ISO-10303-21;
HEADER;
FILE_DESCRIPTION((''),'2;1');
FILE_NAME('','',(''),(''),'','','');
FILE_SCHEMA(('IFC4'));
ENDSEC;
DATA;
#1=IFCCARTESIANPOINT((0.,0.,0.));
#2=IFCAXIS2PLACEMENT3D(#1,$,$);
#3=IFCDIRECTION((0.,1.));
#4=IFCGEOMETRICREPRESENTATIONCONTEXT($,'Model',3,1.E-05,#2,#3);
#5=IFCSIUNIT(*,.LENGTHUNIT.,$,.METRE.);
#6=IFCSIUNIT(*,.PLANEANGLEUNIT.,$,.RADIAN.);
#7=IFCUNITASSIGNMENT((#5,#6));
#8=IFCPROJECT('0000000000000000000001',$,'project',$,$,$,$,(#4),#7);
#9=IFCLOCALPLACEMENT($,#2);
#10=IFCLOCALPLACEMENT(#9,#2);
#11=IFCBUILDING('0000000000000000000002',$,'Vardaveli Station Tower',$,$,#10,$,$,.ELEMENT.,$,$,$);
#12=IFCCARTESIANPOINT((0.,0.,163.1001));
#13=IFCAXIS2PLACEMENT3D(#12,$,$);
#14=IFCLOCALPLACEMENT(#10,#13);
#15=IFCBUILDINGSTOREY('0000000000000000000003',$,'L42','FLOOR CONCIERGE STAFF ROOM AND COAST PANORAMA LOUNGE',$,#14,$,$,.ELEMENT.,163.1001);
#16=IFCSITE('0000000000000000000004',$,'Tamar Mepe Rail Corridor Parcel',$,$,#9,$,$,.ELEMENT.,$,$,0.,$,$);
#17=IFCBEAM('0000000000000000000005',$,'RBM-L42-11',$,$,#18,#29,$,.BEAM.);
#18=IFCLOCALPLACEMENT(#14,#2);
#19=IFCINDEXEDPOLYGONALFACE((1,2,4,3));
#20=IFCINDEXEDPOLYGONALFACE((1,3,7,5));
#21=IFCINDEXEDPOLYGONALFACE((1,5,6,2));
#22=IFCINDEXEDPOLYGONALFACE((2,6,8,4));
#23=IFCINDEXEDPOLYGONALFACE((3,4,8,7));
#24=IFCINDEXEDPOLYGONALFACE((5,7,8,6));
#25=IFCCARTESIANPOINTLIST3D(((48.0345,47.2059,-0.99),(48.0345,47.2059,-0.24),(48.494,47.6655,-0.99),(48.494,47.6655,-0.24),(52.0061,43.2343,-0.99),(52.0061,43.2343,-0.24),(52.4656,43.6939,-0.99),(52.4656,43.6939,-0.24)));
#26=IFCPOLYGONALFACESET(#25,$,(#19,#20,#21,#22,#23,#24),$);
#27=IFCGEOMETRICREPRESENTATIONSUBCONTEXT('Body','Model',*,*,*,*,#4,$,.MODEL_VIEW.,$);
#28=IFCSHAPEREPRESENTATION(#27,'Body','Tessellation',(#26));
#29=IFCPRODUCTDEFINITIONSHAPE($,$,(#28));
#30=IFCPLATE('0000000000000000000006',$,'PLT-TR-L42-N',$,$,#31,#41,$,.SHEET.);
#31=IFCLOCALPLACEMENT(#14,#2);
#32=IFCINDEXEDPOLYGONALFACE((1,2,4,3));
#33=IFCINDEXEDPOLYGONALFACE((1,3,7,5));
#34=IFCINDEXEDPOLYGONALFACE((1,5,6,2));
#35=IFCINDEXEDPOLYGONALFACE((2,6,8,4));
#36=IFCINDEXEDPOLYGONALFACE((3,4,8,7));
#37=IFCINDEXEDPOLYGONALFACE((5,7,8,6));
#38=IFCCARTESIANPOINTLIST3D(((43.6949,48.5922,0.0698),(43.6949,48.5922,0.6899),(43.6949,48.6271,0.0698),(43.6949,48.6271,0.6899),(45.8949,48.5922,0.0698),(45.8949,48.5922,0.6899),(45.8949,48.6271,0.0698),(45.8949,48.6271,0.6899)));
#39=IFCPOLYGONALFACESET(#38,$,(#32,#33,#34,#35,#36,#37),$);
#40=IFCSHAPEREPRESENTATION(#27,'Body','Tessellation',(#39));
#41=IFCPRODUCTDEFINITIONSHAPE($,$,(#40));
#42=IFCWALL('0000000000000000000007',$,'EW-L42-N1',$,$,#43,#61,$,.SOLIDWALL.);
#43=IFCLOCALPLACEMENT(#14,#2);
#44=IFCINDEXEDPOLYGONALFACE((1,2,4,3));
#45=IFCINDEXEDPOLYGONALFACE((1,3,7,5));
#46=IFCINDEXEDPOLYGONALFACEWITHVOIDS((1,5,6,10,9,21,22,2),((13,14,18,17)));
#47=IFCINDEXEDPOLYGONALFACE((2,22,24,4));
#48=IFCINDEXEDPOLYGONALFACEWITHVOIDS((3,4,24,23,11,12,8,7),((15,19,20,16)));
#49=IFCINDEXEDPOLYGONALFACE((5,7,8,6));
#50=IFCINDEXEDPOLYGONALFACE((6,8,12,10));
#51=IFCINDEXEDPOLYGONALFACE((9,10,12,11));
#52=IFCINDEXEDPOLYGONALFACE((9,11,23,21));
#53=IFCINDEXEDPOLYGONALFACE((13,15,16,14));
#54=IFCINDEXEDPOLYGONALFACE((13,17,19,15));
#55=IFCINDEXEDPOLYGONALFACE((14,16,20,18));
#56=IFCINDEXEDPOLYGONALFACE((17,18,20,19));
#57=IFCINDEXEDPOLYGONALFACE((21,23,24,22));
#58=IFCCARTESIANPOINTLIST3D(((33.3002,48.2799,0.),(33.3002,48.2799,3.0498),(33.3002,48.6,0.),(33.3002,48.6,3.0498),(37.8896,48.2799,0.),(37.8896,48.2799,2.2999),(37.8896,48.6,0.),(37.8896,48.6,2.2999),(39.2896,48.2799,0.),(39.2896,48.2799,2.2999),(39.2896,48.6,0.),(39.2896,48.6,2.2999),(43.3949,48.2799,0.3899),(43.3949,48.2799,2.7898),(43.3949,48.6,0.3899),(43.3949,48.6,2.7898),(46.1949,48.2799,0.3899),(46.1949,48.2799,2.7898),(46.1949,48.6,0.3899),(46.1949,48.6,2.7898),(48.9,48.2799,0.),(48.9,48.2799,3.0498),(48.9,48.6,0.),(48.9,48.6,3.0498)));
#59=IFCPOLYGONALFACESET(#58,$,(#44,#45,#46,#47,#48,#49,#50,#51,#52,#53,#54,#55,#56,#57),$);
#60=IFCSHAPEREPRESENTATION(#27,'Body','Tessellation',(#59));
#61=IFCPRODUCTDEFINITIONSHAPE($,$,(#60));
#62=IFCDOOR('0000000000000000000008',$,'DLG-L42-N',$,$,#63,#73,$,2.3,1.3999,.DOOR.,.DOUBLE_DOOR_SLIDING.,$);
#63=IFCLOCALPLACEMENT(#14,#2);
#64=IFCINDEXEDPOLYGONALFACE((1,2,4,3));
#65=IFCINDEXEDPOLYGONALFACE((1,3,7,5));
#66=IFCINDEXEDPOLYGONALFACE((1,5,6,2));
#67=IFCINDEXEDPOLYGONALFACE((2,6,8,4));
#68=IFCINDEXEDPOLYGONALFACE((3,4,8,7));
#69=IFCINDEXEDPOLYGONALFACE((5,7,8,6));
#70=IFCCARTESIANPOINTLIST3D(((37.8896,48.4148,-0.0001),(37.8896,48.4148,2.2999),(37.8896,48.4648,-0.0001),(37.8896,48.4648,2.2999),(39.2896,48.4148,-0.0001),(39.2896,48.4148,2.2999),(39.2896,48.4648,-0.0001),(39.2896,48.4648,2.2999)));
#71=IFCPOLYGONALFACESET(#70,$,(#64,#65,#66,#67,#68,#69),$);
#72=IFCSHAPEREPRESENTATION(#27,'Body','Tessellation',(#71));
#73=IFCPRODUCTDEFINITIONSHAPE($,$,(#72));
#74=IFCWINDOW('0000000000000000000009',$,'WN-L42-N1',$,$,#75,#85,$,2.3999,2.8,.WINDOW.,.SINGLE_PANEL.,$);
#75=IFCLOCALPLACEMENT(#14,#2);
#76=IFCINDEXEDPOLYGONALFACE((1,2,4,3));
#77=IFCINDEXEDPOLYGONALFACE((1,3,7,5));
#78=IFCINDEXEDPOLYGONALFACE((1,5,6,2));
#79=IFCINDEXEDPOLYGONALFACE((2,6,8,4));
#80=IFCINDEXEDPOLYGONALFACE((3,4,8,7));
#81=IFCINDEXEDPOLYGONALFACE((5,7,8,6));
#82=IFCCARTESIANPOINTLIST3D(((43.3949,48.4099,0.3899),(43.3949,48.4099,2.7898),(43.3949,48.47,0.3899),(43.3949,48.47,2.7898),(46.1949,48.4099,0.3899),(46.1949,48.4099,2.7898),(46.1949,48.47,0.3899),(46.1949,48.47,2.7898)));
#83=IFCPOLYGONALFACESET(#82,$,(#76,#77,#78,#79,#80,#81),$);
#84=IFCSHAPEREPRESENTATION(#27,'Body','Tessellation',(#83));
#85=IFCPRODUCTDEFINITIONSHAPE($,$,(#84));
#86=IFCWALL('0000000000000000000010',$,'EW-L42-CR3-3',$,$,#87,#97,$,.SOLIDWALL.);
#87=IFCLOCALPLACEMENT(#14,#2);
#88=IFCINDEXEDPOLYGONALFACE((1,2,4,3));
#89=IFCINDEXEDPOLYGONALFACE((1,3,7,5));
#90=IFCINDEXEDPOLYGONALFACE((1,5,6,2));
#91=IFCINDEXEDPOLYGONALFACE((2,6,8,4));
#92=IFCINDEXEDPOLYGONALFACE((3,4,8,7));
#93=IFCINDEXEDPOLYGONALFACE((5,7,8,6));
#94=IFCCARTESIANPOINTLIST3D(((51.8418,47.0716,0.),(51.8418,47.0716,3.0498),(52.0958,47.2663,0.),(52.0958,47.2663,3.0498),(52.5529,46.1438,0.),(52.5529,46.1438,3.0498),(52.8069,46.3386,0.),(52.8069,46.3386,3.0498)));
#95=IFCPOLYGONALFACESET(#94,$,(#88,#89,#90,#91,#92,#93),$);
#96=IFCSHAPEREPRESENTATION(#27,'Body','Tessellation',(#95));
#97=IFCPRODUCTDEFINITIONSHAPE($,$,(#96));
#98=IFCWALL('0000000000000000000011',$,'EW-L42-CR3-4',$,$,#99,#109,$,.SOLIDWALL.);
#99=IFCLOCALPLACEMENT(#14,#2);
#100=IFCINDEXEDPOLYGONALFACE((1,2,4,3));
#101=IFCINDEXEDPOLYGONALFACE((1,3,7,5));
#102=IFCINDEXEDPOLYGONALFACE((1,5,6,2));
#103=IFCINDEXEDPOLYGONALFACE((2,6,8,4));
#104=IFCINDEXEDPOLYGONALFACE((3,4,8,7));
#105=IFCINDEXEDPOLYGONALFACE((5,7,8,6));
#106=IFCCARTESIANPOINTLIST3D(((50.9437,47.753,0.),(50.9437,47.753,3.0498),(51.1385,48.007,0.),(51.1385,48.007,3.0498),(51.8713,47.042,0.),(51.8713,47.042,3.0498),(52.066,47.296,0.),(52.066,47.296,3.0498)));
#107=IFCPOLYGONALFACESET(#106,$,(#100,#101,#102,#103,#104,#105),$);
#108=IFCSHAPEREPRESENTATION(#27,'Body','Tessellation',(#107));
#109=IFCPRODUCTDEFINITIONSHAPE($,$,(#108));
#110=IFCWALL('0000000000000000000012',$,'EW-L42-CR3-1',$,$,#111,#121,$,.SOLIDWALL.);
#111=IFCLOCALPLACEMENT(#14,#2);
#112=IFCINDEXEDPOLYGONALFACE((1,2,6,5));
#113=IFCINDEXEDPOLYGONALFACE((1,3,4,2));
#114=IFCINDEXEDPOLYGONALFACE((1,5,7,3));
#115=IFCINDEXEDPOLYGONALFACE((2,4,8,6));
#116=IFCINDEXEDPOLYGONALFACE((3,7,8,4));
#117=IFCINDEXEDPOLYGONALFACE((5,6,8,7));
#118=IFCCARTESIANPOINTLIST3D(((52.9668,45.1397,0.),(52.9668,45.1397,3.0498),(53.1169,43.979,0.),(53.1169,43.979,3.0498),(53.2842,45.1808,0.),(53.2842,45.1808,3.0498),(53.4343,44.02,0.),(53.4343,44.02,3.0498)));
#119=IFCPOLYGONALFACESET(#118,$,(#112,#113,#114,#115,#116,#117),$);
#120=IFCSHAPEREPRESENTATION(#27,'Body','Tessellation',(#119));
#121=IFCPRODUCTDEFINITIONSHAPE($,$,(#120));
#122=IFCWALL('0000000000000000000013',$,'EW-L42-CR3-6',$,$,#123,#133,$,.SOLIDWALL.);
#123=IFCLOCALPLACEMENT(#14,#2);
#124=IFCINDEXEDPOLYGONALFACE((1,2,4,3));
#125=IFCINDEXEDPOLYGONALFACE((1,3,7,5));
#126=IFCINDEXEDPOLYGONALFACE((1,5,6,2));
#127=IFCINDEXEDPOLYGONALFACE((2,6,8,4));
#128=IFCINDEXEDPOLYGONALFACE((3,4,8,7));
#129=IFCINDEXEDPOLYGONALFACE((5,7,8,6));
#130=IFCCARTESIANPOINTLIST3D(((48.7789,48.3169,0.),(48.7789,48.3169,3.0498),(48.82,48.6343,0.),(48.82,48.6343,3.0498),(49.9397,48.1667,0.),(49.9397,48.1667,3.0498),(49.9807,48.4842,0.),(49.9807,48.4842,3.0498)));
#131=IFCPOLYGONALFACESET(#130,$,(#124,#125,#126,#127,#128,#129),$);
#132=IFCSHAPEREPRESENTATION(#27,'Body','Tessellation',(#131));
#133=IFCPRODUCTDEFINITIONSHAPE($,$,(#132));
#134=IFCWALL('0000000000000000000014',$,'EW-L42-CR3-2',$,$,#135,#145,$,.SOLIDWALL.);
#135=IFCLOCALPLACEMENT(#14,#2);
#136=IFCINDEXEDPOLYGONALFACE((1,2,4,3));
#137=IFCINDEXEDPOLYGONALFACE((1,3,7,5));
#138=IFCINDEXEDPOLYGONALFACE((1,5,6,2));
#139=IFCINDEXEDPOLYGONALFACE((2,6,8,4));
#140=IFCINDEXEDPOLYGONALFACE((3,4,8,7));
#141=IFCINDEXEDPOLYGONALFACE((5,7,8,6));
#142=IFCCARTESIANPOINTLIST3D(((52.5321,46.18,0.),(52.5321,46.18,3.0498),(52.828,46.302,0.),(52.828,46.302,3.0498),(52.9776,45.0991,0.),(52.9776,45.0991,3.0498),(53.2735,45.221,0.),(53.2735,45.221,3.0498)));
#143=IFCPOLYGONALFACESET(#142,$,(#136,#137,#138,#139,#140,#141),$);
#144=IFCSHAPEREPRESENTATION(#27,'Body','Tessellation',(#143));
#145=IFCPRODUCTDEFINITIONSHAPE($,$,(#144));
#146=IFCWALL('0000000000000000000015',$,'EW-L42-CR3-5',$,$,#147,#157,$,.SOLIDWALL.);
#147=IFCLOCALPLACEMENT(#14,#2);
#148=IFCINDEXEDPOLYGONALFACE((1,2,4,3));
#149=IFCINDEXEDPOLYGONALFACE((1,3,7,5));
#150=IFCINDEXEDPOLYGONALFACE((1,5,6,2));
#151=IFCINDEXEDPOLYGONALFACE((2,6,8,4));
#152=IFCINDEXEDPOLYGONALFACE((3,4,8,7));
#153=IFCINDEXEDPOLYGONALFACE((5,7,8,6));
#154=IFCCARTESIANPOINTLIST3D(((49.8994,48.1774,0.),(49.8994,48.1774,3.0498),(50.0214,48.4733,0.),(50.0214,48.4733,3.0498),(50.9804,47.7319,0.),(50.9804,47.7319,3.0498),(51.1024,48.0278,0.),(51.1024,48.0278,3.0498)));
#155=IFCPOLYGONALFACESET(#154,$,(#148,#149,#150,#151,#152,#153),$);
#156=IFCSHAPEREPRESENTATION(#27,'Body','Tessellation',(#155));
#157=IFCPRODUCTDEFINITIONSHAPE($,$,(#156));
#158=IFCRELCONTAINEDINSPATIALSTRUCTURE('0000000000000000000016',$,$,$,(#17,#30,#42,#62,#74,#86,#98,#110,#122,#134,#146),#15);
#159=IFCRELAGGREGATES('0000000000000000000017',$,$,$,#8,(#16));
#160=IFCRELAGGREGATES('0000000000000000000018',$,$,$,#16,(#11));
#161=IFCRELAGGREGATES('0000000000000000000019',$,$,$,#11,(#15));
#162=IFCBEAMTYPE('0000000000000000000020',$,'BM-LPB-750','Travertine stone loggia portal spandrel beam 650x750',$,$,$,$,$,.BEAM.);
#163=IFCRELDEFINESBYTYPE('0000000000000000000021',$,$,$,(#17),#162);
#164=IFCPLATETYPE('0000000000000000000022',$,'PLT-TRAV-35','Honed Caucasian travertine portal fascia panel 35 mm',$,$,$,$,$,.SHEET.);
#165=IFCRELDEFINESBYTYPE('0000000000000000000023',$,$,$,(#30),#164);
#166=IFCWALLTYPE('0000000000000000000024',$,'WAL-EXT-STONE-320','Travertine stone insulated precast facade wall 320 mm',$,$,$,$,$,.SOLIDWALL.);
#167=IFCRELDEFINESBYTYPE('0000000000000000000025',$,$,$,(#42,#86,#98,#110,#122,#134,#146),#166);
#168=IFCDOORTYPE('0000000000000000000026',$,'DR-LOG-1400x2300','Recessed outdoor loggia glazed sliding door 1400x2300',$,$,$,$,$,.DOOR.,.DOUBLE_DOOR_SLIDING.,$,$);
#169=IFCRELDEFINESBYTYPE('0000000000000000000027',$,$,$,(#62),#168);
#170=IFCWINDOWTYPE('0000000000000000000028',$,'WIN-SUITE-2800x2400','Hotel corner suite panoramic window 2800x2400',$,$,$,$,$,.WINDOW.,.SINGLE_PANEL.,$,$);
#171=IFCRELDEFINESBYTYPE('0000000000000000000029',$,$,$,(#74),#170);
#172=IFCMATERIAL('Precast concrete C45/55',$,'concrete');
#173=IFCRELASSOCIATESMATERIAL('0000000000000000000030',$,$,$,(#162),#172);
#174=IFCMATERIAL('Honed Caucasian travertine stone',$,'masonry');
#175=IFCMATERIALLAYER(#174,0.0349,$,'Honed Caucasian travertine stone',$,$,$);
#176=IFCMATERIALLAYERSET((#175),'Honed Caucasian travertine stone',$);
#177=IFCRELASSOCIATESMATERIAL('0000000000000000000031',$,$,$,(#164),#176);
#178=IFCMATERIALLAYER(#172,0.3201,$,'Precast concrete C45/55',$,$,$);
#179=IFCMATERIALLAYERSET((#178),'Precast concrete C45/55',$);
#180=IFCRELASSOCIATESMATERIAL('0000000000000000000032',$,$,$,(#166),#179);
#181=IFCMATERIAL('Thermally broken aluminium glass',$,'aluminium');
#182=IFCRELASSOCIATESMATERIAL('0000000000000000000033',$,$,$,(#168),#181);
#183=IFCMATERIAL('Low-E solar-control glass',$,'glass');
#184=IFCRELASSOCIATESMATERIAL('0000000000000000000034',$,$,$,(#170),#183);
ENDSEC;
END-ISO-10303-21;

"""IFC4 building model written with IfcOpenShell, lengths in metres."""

from ifc_helpers import new_model, si_unit, direction, frame, frame_2d, origin, origin_2d, place, context, subcontext, project, spatial, rectangle, extrude, source, transform, mapped, material, layer, layer_set, material_profile, profile_set, type_object, element, fill, save


model = new_model("IFC4")

# Units and contexts
model_context = context("Model", 3, precision=1e-05, world=origin(), true_north=direction((0.0, 1.0)))
body_context = subcontext(model_context, "Body", "Model", "MODEL_VIEW")
ifc_project = project(units=[si_unit("LENGTHUNIT", "METRE"), si_unit("PLANEANGLEUNIT", "RADIAN")], contexts=[model_context])

# Site, building, storey
site_placement = place(None, origin())
site = spatial("IfcSite", under=ifc_project, at=site_placement, Name="Tamar Mepe Rail Corridor Parcel", CompositionType="ELEMENT", RefElevation=0.0)
building_placement = place(site_placement, origin())
building = spatial("IfcBuilding", under=site, at=building_placement, Name="Vardaveli Station Tower", CompositionType="ELEMENT")
storey_placement = place(building_placement, frame((0.0, 0.0, 163.1001)))
storey = spatial("IfcBuildingStorey", under=building, at=storey_placement, Name="L42", Description="FLOOR CONCIERGE STAFF ROOM AND COAST PANORAMA LOUNGE", CompositionType="ELEMENT", Elevation=163.1001)

# Beam
ifc_material_1 = material(Name="Precast concrete C45/55", Category="concrete")
ifc_material_profile_1 = material_profile(ifc_material_1, rectangle(XDim=0.6499, YDim=0.75, at=origin_2d()), Name="LPB 650x750")
ifc_profile_set_1 = profile_set([ifc_material_profile_1], Name="Precast concrete C45/55")
beam_type = type_object("IfcBeamType", Name="BM-LPB-750", Description="Travertine stone loggia portal spandrel beam 650x750", PredefinedType="BEAM", material=ifc_profile_set_1)
shared_shape_1 = source(origin(), body_context, "Body", "SweptSolid", [
    extrude(rectangle(XDim=0.6499, YDim=0.75, at=origin_2d()), origin(), (0.0, 0.0, 1.0), 5.6167),
])
beam_placement = place(storey_placement, frame((52.2358, 43.4641, -0.615), z_axis=(-0.707107, 0.707107, 0.0), x_axis=(-0.707107, -0.707107, 0.0)))
element("IfcBeam", 1, at=beam_placement, inside=storey, type_object=beam_type, Name="RBM-L42-11", PredefinedType="BEAM", context=body_context, shape_type="MappedRepresentation", body=[
    mapped(shared_shape_1, transform((0.0, 0.0, 0.0), scale=1.0)),
])

# Plate
ifc_material_2 = material(Name="Honed Caucasian travertine stone", Category="masonry")
ifc_layer_1 = layer(ifc_material_2, 0.0349, Name="Honed Caucasian travertine stone")
ifc_layer_set_1 = layer_set([ifc_layer_1], Name="Honed Caucasian travertine stone")
plate_type = type_object("IfcPlateType", Name="PLT-TRAV-35", Description="Honed Caucasian travertine portal fascia panel 35 mm", PredefinedType="SHEET", material=ifc_layer_set_1)
shared_shape_2 = source(origin(), body_context, "Body", "SweptSolid", [
    extrude(rectangle(XDim=2.2, YDim=0.0349, at=origin_2d()), origin(), (0.0, 0.0, 1.0), 0.6201),
])
plate_placement = place(storey_placement, frame((44.7949, 48.6096, 0.0698), z_axis=(0.0, 0.0, 1.0), x_axis=(1.0, 0.0, 0.0)))
element("IfcPlate", 2, at=plate_placement, inside=storey, type_object=plate_type, Name="PLT-TR-L42-N", PredefinedType="SHEET", context=body_context, shape_type="MappedRepresentation", body=[
    mapped(shared_shape_2, transform((0.0, 0.0, 0.0), scale=1.0)),
])

# Wall, openings, door, window
ifc_layer_2 = layer(ifc_material_1, 0.3201, Name="Precast concrete C45/55")
ifc_layer_set_2 = layer_set([ifc_layer_2], Name="Precast concrete C45/55")
wall_type_1 = type_object("IfcWallType", Name="WAL-EXT-STONE-320", Description="Travertine stone insulated precast facade wall 320 mm", PredefinedType="SOLIDWALL", material=ifc_layer_set_2)
shared_shape_3 = source(origin(), body_context, "Body", "SweptSolid", [
    extrude(rectangle(XDim=15.5999, YDim=0.3201, at=frame_2d((7.7998, 0.0))), origin(), (0.0, 0.0, 1.0), 3.0498),
])
wall_1_placement = place(storey_placement, frame((48.8999, 48.4399, 0.0), z_axis=(0.0, 0.0, 1.0), x_axis=(-1.0, 0.0, 0.0)))
wall_1 = element("IfcWall", 3, at=wall_1_placement, inside=storey, type_object=wall_type_1, Name="EW-L42-N1", PredefinedType="SOLIDWALL", context=body_context, shape_type="MappedRepresentation", body=[
    mapped(shared_shape_3, transform((0.0, 0.0, 0.0), scale=1.0)),
])
shared_shape_4 = source(origin(), body_context, "Body", "SweptSolid", [
    extrude(rectangle(XDim=1.3999, YDim=2.3, at=frame_2d((0.7, 1.1499))), frame((0.0, 0.1699, 0.0), z_axis=(0.0, -1.0, 0.0), x_axis=(1.0, 0.0, 0.0)), (0.0, 0.0, 1.0), 0.3401),
])
opening_1_placement = place(wall_1_placement, frame((9.6104, 0.0, 0.0)))
opening_1 = element("IfcOpeningElement", 4, at=opening_1_placement, cuts=wall_1, PredefinedType="OPENING", context=body_context, shape_type="MappedRepresentation", body=[
    mapped(shared_shape_4, transform((0.0, 0.0, 0.0), scale=1.0)),
])
shared_shape_5 = source(origin(), body_context, "Body", "SweptSolid", [
    extrude(rectangle(XDim=2.8, YDim=2.3999, at=frame_2d((1.3999, 1.2))), frame((0.0, 0.1699, 0.0), z_axis=(0.0, -1.0, 0.0), x_axis=(1.0, 0.0, 0.0)), (0.0, 0.0, 1.0), 0.3401),
])
opening_2_placement = place(wall_1_placement, frame((2.7051, 0.0, 0.3899)))
opening_2 = element("IfcOpeningElement", 5, at=opening_2_placement, cuts=wall_1, PredefinedType="OPENING", context=body_context, shape_type="MappedRepresentation", body=[
    mapped(shared_shape_5, transform((0.0, 0.0, 0.0), scale=1.0)),
])
ifc_material_3 = material(Name="Thermally broken aluminium glass", Category="aluminium")
door_type = type_object("IfcDoorType", Name="DR-LOG-1400x2300", Description="Recessed outdoor loggia glazed sliding door 1400x2300", OperationType="DOUBLE_DOOR_SLIDING", PredefinedType="DOOR", material=ifc_material_3)
shared_shape_6 = source(origin(), body_context, "Body", "SweptSolid", [
    extrude(rectangle(XDim=1.3999, YDim=2.3, at=frame_2d((0.7, 1.1499))), frame((0.0, 0.0249, 0.0), z_axis=(0.0, -1.0, 0.0), x_axis=(1.0, 0.0, 0.0)), (0.0, 0.0, 1.0), 0.05),
])
door_placement = place(opening_1_placement, frame((1.3999, 0.0, 0.0), z_axis=(0.0, 0.0, 1.0), x_axis=(-1.0, 0.0, 0.0)))
door = element("IfcDoor", 6, at=door_placement, inside=storey, type_object=door_type, Name="DLG-L42-N", OperationType="DOUBLE_DOOR_SLIDING", OverallHeight=2.3, OverallWidth=1.3999, PredefinedType="DOOR", context=body_context, shape_type="MappedRepresentation", body=[
    mapped(shared_shape_6, transform((0.0, 0.0, 0.0), scale=1.0)),
])
fill(opening_1, door)
ifc_material_4 = material(Name="Low-E solar-control glass", Category="glass")
window_type = type_object("IfcWindowType", Name="WIN-SUITE-2800x2400", Description="Hotel corner suite panoramic window 2800x2400", PartitioningType="SINGLE_PANEL", PredefinedType="WINDOW", material=ifc_material_4)
shared_shape_7 = source(origin(), body_context, "Body", "SweptSolid", [
    extrude(rectangle(XDim=2.8, YDim=2.3999, at=frame_2d((1.3999, 1.2))), frame((0.0, 0.03, 0.0), z_axis=(0.0, -1.0, 0.0), x_axis=(1.0, 0.0, 0.0)), (0.0, 0.0, 1.0), 0.0601),
])
window_placement = place(opening_2_placement, origin())
window = element("IfcWindow", 7, at=window_placement, inside=storey, type_object=window_type, Name="WN-L42-N1", OverallHeight=2.3999, OverallWidth=2.8, PartitioningType="SINGLE_PANEL", PredefinedType="WINDOW", context=body_context, shape_type="MappedRepresentation", body=[
    mapped(shared_shape_7, transform((0.0, 0.0, 0.0), scale=1.0)),
])
fill(opening_2, window)

# Walls
shared_shape_8 = source(origin(), body_context, "Body", "SweptSolid", [
    extrude(rectangle(XDim=1.1689, YDim=0.3201, at=frame_2d((0.5845, 0.0))), origin(), (0.0, 0.0, 1.0), 3.0498),
])
wall_2_placement = place(storey_placement, frame((52.6799, 46.2412, 0.0), z_axis=(0.0, 0.0, 1.0), x_axis=(-0.608388, 0.79364, 0.0)))
element("IfcWall", 8, at=wall_2_placement, inside=storey, type_object=wall_type_1, Name="EW-L42-CR3-3", PredefinedType="SOLIDWALL", context=body_context, shape_type="MappedRepresentation", body=[
    mapped(shared_shape_8, transform((0.0, 0.0, 0.0), scale=1.0)),
])
shared_shape_9 = source(origin(), body_context, "Body", "SweptSolid", [
    extrude(rectangle(XDim=1.1687, YDim=0.3201, at=frame_2d((0.5845, 0.0))), origin(), (0.0, 0.0, 1.0), 3.0498),
])
wall_3_placement = place(storey_placement, frame((51.9688, 47.1689, 0.0), z_axis=(0.0, 0.0, 1.0), x_axis=(-0.793664, 0.608357, 0.0)))
element("IfcWall", 9, at=wall_3_placement, inside=storey, type_object=wall_type_1, Name="EW-L42-CR3-4", PredefinedType="SOLIDWALL", context=body_context, shape_type="MappedRepresentation", body=[
    mapped(shared_shape_9, transform((0.0, 0.0, 0.0), scale=1.0)),
])
shared_shape_10 = source(origin(), body_context, "Body", "SweptSolid", [
    extrude(rectangle(XDim=1.1704, YDim=0.3201, at=frame_2d((0.5852, 0.0))), origin(), (0.0, 0.0, 1.0), 3.0498),
])
for number, where, z_axis, x_axis, name in (
    (10, (53.2756, 43.9995, 0.0), (0.0, 0.0, 1.0), (-0.128296, 0.991736, 0.0), "EW-L42-CR3-1"),
    (11, (49.9602, 48.3254, 0.0), (0.0, 0.0, 1.0), (-0.991736, 0.128296, 0.0), "EW-L42-CR3-6"),
):
    element("IfcWall", number, at=place(storey_placement, frame(where, z_axis=z_axis, x_axis=x_axis)), inside=storey, type_object=wall_type_1, Name=name, PredefinedType="SOLIDWALL", context=body_context, shape_type="MappedRepresentation", body=[
        mapped(shared_shape_10, transform((0.0, 0.0, 0.0), scale=1.0)),
    ])
shared_shape_11 = source(origin(), body_context, "Body", "SweptSolid", [
    extrude(rectangle(XDim=1.1692, YDim=0.3201, at=frame_2d((0.5845, 0.0))), origin(), (0.0, 0.0, 1.0), 3.0498),
])
for number, where, z_axis, x_axis, name in (
    (12, (53.1255, 45.1602, 0.0), (0.0, 0.0, 1.0), (-0.381054, 0.924553, 0.0), "EW-L42-CR3-2"),
    (13, (51.0413, 47.8799, 0.0), (0.0, 0.0, 1.0), (-0.924553, 0.381054, 0.0), "EW-L42-CR3-5"),
):
    element("IfcWall", number, at=place(storey_placement, frame(where, z_axis=z_axis, x_axis=x_axis)), inside=storey, type_object=wall_type_1, Name=name, PredefinedType="SOLIDWALL", context=body_context, shape_type="MappedRepresentation", body=[
        mapped(shared_shape_11, transform((0.0, 0.0, 0.0), scale=1.0)),
    ])

save(model, "model.ifc")
